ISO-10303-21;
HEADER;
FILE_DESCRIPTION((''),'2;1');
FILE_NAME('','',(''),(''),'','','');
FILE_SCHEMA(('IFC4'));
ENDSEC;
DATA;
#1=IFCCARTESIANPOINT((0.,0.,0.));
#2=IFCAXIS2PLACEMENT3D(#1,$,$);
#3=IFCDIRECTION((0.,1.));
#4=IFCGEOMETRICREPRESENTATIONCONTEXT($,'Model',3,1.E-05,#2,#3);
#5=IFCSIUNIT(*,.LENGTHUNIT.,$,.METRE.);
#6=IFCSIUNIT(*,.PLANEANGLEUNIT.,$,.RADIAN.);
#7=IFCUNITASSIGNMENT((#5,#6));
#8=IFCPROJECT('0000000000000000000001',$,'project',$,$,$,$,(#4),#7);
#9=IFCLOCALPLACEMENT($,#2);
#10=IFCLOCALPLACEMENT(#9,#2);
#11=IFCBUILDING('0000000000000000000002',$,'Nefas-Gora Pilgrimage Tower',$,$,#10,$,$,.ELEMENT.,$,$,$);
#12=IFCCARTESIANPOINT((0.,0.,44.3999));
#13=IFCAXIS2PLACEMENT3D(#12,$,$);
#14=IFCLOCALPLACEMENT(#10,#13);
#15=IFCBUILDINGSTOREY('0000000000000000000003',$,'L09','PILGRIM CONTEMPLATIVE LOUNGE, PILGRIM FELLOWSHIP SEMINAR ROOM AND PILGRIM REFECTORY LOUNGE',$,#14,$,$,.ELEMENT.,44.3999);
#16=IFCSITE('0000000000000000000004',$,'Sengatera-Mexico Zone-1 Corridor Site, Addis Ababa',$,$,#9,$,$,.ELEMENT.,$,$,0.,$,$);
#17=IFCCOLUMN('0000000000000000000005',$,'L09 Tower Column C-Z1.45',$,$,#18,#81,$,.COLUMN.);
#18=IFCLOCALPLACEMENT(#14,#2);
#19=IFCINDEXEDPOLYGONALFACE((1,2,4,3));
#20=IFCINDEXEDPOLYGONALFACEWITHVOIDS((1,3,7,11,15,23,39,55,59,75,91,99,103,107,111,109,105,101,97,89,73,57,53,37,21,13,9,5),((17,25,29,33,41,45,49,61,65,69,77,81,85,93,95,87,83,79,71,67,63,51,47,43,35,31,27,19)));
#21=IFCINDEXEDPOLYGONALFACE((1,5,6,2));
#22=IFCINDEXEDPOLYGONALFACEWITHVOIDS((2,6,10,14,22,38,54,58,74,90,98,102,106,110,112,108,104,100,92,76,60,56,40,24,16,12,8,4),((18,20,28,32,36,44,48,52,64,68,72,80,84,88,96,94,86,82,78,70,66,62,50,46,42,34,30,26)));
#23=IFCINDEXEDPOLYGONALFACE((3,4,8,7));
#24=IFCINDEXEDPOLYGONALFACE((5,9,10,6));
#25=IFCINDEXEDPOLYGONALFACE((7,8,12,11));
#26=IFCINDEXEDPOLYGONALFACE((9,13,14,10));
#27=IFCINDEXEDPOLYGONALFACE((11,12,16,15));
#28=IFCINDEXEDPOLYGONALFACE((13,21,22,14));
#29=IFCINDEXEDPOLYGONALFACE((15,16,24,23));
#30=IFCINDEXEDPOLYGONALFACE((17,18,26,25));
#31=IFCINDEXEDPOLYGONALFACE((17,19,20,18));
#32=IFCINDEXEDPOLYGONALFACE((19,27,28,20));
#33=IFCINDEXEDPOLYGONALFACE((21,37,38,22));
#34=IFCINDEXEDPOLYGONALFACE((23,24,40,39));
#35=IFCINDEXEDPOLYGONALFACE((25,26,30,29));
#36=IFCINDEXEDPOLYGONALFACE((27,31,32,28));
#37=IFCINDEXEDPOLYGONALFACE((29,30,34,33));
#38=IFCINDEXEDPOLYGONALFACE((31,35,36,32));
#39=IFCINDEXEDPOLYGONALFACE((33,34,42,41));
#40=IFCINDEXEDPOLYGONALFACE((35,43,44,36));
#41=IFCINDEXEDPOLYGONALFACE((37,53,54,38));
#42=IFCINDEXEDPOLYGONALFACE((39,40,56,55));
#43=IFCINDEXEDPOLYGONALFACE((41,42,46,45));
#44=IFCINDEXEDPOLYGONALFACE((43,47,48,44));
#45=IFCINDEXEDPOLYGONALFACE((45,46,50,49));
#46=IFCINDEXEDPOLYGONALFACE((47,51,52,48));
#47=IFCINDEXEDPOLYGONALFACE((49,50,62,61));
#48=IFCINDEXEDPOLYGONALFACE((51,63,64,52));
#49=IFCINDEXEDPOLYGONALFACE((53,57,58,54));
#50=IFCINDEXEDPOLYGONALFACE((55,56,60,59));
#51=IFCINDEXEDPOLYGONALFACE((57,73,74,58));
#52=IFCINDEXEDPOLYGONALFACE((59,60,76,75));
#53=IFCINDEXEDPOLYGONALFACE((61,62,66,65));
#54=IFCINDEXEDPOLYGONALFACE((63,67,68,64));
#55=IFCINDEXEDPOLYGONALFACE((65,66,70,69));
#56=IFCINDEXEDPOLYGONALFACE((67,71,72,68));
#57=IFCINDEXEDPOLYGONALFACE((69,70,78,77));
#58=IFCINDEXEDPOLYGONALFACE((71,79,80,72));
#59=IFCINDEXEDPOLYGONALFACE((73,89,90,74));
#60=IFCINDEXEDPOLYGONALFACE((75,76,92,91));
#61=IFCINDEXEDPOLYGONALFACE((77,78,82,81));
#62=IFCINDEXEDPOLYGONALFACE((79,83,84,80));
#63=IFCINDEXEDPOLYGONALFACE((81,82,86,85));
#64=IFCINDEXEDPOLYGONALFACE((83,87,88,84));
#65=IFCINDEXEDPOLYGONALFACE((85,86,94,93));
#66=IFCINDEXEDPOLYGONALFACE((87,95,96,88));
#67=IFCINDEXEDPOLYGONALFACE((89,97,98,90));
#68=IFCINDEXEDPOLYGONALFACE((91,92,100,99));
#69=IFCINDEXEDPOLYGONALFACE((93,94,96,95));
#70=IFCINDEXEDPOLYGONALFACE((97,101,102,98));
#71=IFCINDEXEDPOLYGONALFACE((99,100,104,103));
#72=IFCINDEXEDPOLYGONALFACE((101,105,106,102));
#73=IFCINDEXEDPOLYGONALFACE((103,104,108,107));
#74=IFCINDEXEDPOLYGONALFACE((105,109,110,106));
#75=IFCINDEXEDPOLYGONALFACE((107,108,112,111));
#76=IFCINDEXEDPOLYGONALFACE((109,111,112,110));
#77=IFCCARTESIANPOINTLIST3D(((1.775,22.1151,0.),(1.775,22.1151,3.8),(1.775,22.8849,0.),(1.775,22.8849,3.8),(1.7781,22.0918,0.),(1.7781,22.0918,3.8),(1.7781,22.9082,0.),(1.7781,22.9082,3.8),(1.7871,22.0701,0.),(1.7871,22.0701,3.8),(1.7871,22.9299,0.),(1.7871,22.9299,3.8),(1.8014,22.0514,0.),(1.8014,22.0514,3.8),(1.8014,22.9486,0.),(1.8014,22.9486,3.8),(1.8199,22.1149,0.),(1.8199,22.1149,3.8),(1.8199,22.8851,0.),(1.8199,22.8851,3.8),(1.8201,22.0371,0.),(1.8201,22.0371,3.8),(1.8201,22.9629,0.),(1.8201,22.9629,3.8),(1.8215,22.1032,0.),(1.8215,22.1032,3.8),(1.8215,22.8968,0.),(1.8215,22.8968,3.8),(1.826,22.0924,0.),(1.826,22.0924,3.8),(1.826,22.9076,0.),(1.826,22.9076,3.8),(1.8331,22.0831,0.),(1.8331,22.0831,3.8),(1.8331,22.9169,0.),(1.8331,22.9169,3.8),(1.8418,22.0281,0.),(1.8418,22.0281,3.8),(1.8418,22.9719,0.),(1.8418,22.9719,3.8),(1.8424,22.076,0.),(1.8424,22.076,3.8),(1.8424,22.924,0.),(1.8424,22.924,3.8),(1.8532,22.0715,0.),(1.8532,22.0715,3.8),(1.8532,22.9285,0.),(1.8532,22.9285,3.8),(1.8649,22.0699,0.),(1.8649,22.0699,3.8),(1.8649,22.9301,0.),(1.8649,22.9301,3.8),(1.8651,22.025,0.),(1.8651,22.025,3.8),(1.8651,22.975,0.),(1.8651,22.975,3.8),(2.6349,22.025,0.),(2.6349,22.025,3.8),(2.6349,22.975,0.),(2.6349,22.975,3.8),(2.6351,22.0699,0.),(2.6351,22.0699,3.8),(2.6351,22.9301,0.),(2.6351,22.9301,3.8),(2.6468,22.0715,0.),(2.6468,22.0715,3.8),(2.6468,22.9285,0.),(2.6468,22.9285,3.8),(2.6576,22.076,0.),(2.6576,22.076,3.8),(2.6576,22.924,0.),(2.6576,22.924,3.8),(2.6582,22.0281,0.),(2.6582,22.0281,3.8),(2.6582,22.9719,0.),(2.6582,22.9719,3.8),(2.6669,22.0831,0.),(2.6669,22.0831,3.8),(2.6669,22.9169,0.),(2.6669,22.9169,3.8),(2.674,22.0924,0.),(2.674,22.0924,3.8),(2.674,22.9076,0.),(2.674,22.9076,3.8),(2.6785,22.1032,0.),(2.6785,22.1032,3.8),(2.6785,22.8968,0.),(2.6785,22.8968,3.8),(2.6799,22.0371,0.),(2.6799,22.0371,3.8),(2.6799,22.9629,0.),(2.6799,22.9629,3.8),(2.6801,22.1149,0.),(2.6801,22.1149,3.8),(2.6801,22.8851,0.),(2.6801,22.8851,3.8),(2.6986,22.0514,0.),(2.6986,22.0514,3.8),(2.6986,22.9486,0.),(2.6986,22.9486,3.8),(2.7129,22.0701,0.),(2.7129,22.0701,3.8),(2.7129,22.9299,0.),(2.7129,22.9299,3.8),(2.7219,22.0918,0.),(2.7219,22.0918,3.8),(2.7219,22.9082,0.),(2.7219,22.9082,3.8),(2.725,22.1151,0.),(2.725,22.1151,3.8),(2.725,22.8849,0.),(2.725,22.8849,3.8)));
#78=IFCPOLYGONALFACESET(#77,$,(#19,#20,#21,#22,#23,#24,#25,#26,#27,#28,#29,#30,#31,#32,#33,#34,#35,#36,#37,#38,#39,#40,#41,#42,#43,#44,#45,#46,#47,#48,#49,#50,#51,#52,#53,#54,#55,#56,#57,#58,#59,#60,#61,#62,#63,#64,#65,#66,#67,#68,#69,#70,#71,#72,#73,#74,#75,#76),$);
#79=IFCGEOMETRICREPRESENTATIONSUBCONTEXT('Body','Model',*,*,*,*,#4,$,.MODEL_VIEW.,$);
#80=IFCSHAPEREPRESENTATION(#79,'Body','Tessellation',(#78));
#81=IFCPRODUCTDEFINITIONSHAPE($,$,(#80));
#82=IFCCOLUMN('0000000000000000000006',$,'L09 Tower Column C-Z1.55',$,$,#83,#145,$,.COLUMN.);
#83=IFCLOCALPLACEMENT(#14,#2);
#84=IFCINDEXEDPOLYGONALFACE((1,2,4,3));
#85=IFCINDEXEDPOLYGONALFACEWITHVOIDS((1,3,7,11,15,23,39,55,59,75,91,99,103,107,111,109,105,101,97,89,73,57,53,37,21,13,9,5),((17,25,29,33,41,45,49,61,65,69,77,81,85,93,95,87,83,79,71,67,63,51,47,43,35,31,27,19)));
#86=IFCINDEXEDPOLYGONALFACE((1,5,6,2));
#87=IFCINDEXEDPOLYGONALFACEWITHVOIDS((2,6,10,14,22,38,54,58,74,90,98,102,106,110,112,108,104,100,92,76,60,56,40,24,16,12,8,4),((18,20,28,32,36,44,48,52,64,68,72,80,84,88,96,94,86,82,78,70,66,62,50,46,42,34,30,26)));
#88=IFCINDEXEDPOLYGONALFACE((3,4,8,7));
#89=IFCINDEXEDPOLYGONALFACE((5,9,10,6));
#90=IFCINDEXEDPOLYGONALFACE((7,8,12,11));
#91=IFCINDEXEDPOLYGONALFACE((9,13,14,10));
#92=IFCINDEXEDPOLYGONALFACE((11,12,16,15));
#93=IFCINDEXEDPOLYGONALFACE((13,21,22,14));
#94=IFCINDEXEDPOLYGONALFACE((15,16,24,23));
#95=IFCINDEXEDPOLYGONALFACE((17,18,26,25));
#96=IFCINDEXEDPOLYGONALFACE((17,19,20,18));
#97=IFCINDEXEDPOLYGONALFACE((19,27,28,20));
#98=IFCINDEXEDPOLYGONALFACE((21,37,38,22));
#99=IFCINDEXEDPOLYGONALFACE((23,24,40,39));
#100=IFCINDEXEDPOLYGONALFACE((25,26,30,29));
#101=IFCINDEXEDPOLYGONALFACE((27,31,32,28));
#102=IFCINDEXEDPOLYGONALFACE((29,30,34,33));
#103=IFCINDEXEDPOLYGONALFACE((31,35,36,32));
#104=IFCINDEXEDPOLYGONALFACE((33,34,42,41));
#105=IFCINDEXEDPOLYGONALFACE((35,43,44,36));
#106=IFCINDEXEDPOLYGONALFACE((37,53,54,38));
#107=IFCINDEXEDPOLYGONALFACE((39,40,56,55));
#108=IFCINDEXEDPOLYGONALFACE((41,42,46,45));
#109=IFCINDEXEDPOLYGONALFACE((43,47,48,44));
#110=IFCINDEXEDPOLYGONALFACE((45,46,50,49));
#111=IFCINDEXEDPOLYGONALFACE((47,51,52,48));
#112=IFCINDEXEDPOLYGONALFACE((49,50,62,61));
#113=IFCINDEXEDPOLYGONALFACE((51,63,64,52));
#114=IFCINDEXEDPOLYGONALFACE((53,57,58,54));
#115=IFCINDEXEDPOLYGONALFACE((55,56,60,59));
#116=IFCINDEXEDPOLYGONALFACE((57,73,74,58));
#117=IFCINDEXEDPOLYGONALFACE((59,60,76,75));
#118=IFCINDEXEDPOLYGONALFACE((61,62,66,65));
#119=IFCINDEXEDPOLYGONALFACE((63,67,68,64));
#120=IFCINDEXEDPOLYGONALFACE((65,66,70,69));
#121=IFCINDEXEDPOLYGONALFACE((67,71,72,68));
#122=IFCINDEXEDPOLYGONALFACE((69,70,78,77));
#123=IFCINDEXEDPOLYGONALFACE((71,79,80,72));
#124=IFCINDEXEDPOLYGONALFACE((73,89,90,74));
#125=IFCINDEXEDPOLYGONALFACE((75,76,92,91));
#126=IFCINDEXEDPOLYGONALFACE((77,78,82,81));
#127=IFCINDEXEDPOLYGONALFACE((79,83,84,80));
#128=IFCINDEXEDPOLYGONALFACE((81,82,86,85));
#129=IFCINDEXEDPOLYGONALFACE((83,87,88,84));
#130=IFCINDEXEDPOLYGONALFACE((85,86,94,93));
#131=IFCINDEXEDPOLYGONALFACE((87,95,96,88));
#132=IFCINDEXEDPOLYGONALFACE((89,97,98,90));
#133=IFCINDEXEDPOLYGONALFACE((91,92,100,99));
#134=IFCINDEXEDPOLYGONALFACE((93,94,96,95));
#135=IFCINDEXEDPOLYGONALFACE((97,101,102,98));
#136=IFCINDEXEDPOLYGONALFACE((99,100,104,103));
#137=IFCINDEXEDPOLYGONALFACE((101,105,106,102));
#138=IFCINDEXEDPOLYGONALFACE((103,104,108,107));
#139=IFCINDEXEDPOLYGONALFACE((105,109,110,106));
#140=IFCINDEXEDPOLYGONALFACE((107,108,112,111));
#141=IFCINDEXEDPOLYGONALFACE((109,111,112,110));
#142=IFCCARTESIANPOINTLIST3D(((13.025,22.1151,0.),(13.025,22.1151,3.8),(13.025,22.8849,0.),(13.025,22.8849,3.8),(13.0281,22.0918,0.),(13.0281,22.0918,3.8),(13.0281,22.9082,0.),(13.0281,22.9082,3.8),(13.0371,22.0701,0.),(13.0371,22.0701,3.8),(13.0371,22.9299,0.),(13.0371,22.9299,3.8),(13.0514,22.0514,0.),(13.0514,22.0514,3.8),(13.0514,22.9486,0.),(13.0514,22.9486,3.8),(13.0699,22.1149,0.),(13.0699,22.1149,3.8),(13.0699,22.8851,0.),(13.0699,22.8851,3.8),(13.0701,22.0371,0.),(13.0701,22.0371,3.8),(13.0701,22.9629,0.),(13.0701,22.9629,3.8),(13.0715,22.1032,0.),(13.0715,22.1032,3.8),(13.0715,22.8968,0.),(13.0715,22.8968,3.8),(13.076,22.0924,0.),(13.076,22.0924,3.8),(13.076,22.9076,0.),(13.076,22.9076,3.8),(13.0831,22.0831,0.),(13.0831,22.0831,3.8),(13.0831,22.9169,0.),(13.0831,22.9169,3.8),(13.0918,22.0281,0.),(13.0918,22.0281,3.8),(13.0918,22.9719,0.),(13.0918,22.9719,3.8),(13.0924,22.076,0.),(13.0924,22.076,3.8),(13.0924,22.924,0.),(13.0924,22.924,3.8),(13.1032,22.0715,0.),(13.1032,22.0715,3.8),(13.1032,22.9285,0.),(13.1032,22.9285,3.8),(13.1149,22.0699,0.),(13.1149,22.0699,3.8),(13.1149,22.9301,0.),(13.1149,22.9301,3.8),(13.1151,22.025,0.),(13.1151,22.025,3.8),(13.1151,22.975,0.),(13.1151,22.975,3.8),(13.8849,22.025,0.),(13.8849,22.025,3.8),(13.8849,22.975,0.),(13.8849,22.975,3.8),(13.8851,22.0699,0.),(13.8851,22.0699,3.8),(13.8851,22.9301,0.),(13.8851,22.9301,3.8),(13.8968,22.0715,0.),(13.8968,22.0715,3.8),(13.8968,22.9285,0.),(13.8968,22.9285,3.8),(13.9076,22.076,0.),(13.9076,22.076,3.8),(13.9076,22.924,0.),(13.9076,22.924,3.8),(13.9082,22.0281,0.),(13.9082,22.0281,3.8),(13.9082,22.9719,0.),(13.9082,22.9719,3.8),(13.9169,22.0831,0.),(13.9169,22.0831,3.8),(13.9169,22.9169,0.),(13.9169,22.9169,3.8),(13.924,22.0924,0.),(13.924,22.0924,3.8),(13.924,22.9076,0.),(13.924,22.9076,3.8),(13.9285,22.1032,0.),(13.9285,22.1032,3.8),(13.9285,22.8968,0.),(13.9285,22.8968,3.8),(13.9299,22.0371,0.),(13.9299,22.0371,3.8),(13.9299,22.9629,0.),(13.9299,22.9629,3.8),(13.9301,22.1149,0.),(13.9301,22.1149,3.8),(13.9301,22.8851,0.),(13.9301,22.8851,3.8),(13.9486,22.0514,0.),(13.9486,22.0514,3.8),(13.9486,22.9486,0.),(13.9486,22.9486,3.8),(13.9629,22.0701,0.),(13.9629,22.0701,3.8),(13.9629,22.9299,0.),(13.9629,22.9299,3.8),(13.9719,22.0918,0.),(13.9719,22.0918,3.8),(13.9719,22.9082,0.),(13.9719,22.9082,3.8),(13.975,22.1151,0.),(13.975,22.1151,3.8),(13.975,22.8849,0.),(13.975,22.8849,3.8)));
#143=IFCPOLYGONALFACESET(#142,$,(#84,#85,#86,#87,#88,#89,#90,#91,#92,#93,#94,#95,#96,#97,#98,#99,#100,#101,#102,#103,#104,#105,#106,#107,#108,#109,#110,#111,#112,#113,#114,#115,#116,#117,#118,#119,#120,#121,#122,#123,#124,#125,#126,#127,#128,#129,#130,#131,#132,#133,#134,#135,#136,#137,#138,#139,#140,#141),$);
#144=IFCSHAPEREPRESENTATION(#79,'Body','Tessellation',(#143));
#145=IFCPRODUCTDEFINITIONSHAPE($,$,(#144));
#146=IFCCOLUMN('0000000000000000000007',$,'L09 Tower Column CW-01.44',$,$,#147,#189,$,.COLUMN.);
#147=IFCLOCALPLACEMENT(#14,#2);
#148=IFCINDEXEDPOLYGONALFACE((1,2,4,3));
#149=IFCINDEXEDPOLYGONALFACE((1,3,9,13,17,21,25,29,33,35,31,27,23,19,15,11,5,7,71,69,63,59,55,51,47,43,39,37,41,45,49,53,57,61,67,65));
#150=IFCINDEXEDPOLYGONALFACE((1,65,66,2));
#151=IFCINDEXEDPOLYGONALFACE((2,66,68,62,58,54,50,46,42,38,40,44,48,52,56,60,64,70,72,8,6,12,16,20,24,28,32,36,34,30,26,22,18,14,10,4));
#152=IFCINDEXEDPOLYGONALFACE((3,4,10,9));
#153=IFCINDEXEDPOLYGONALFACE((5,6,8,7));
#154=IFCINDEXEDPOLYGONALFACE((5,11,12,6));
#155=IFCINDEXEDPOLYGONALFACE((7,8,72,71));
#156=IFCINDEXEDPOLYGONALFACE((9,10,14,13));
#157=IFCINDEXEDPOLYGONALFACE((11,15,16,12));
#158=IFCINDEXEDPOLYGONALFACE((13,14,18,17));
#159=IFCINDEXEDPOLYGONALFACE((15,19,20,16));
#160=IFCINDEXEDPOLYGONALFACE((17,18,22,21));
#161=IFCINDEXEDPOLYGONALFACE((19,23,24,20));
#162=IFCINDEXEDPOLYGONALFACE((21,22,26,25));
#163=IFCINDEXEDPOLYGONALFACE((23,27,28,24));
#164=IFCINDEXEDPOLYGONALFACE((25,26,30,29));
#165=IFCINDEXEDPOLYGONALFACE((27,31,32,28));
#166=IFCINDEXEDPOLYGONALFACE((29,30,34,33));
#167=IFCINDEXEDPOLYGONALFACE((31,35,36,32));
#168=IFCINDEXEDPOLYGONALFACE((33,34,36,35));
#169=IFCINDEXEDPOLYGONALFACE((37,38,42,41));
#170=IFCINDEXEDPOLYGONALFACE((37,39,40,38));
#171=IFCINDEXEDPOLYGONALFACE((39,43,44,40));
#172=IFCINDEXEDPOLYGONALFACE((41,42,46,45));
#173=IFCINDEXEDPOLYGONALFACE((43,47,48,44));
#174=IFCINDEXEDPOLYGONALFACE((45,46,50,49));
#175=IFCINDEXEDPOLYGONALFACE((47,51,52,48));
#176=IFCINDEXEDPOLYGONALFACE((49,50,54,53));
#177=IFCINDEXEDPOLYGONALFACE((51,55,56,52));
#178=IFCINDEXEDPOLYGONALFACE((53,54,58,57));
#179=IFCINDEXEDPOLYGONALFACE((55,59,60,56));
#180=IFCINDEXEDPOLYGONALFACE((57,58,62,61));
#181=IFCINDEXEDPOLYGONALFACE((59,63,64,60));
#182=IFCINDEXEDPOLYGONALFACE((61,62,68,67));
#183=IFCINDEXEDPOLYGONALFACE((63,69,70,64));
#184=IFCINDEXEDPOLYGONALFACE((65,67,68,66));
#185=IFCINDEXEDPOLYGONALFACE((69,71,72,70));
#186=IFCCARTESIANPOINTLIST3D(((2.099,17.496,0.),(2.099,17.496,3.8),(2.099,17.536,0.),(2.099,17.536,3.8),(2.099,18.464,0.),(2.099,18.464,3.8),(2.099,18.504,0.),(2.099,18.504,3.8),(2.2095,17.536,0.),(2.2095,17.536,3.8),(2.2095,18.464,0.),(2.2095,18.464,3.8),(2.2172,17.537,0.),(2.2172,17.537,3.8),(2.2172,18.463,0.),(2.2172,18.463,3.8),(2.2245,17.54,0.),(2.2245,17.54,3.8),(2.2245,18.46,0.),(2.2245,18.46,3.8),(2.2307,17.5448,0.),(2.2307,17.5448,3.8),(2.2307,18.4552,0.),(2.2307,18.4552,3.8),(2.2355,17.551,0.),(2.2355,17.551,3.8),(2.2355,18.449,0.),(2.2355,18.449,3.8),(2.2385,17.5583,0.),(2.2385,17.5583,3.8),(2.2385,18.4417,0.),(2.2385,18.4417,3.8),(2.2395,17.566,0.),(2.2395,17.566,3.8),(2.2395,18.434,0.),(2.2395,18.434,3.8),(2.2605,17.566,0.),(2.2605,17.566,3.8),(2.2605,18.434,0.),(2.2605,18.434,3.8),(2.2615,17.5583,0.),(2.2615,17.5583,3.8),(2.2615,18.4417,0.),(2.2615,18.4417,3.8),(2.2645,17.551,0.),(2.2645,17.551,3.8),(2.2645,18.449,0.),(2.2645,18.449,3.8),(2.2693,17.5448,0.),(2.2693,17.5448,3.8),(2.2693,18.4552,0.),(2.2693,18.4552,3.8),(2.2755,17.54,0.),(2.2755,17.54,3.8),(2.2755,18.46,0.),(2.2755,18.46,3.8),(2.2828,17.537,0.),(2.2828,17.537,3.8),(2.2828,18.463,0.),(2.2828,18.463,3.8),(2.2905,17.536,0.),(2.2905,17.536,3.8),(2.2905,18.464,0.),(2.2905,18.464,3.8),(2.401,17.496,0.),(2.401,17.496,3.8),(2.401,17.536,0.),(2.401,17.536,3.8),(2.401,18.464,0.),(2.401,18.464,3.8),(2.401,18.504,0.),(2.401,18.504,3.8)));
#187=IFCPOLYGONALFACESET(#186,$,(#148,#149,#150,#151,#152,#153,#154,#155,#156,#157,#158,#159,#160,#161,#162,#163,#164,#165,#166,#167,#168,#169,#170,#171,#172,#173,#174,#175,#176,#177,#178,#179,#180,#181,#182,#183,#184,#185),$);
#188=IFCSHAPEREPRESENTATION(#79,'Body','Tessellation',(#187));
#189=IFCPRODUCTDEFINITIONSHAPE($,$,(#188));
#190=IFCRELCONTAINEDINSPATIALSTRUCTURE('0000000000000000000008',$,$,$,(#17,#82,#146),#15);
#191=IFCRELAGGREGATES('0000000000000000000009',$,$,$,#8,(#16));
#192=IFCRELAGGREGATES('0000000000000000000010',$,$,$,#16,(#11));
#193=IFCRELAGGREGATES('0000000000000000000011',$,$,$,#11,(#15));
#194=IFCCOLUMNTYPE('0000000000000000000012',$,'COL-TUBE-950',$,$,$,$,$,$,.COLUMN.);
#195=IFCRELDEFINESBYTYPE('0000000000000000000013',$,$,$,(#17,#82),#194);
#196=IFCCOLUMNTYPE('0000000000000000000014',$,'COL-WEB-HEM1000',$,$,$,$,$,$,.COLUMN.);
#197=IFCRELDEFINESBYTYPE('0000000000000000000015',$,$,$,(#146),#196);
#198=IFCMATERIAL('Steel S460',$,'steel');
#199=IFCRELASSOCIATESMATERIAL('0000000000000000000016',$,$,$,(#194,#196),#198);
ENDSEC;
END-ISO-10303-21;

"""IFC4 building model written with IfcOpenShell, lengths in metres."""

from ifc_helpers import new_model, si_unit, direction, frame, origin, origin_2d, place, context, subcontext, project, spatial, hollow_rectangle, i_section, extrude, source, transform, mapped, material, material_profile, profile_set, type_object, element, save


model = new_model("IFC4")

# Units and contexts
model_context = context("Model", 3, precision=1e-05, world=origin(), true_north=direction((0.0, 1.0)))
body_context = subcontext(model_context, "Body", "Model", "MODEL_VIEW")
ifc_project = project(units=[si_unit("LENGTHUNIT", "METRE"), si_unit("PLANEANGLEUNIT", "RADIAN")], contexts=[model_context])

# Site, building, storey
site_placement = place(None, origin())
site = spatial("IfcSite", under=ifc_project, at=site_placement, Name="Sengatera-Mexico Zone-1 Corridor Site, Addis Ababa", CompositionType="ELEMENT", RefElevation=0.0)
building_placement = place(site_placement, origin())
building = spatial("IfcBuilding", under=site, at=building_placement, Name="Nefas-Gora Pilgrimage Tower", CompositionType="ELEMENT")
storey_placement = place(building_placement, frame((0.0, 0.0, 44.3999)))
storey = spatial("IfcBuildingStorey", under=building, at=storey_placement, Name="L09", Description="PILGRIM CONTEMPLATIVE LOUNGE, PILGRIM FELLOWSHIP SEMINAR ROOM AND PILGRIM REFECTORY LOUNGE", CompositionType="ELEMENT", Elevation=44.3999)

# Columns
ifc_material_1 = material(Name="Steel S460", Category="steel")
ifc_material_profile_1 = material_profile(ifc_material_1, hollow_rectangle(XDim=0.95, YDim=0.95, WallThickness=0.0449, InnerFilletRadius=0.0449, OuterFilletRadius=0.0901, at=origin_2d()), Name="BOX 950x950x45")
ifc_profile_set_1 = profile_set([ifc_material_profile_1], Name="Steel S460")
column_type_1 = type_object("IfcColumnType", Name="COL-TUBE-950", PredefinedType="COLUMN", material=ifc_profile_set_1)
shared_shape_1 = source(origin(), body_context, "Body", "SweptSolid", [
    extrude(hollow_rectangle(XDim=0.95, YDim=0.95, WallThickness=0.0449, InnerFilletRadius=0.0449, OuterFilletRadius=0.0901, at=origin_2d()), origin(), (0.0, 0.0, 1.0), 3.8),
])
for number, where, z_axis, x_axis, name in (
    (1, (2.25, 22.5, 0.0), (0.0, 0.0, 1.0), (1.0, 0.0, 0.0), "L09 Tower Column C-Z1.45"),
    (2, (13.5, 22.5, 0.0), (0.0, 0.0, 1.0), (1.0, 0.0, 0.0), "L09 Tower Column C-Z1.55"),
):
    element("IfcColumn", number, at=place(storey_placement, frame(where, z_axis=z_axis, x_axis=x_axis)), inside=storey, type_object=column_type_1, Name=name, PredefinedType="COLUMN", context=body_context, shape_type="MappedRepresentation", body=[
        mapped(shared_shape_1, transform((0.0, 0.0, 0.0), x_axis=(1.0, 0.0, 0.0), y_axis=(0.0, 1.0, 0.0), z_axis=(0.0, 0.0, 1.0), scale=1.0)),
    ])
ifc_material_profile_2 = material_profile(ifc_material_1, i_section(OverallWidth=0.302, OverallDepth=1.0081, WebThickness=0.021, FlangeThickness=0.04, FilletRadius=0.03, at=origin_2d()), Name="HEM 1000")
ifc_profile_set_2 = profile_set([ifc_material_profile_2], Name="Steel S460")
column_type_2 = type_object("IfcColumnType", Name="COL-WEB-HEM1000", PredefinedType="COLUMN", material=ifc_profile_set_2)
shared_shape_2 = source(origin(), body_context, "Body", "SweptSolid", [
    extrude(i_section(OverallWidth=0.302, OverallDepth=1.0081, WebThickness=0.021, FlangeThickness=0.04, FilletRadius=0.03, at=origin_2d()), origin(), (0.0, 0.0, 1.0), 3.8),
])
for number, where, z_axis, x_axis, name in (
    (3, (2.25, 18.0, 0.0), (0.0, 0.0, 1.0), (1.0, 0.0, 0.0), "L09 Tower Column CW-01.44"),
):
    element("IfcColumn", number, at=place(storey_placement, frame(where, z_axis=z_axis, x_axis=x_axis)), inside=storey, type_object=column_type_2, Name=name, PredefinedType="COLUMN", context=body_context, shape_type="MappedRepresentation", body=[
        mapped(shared_shape_2, transform((0.0, 0.0, 0.0), x_axis=(1.0, 0.0, 0.0), y_axis=(0.0, 1.0, 0.0), z_axis=(0.0, 0.0, 1.0), scale=1.0)),
    ])

save(model, "model.ifc")
